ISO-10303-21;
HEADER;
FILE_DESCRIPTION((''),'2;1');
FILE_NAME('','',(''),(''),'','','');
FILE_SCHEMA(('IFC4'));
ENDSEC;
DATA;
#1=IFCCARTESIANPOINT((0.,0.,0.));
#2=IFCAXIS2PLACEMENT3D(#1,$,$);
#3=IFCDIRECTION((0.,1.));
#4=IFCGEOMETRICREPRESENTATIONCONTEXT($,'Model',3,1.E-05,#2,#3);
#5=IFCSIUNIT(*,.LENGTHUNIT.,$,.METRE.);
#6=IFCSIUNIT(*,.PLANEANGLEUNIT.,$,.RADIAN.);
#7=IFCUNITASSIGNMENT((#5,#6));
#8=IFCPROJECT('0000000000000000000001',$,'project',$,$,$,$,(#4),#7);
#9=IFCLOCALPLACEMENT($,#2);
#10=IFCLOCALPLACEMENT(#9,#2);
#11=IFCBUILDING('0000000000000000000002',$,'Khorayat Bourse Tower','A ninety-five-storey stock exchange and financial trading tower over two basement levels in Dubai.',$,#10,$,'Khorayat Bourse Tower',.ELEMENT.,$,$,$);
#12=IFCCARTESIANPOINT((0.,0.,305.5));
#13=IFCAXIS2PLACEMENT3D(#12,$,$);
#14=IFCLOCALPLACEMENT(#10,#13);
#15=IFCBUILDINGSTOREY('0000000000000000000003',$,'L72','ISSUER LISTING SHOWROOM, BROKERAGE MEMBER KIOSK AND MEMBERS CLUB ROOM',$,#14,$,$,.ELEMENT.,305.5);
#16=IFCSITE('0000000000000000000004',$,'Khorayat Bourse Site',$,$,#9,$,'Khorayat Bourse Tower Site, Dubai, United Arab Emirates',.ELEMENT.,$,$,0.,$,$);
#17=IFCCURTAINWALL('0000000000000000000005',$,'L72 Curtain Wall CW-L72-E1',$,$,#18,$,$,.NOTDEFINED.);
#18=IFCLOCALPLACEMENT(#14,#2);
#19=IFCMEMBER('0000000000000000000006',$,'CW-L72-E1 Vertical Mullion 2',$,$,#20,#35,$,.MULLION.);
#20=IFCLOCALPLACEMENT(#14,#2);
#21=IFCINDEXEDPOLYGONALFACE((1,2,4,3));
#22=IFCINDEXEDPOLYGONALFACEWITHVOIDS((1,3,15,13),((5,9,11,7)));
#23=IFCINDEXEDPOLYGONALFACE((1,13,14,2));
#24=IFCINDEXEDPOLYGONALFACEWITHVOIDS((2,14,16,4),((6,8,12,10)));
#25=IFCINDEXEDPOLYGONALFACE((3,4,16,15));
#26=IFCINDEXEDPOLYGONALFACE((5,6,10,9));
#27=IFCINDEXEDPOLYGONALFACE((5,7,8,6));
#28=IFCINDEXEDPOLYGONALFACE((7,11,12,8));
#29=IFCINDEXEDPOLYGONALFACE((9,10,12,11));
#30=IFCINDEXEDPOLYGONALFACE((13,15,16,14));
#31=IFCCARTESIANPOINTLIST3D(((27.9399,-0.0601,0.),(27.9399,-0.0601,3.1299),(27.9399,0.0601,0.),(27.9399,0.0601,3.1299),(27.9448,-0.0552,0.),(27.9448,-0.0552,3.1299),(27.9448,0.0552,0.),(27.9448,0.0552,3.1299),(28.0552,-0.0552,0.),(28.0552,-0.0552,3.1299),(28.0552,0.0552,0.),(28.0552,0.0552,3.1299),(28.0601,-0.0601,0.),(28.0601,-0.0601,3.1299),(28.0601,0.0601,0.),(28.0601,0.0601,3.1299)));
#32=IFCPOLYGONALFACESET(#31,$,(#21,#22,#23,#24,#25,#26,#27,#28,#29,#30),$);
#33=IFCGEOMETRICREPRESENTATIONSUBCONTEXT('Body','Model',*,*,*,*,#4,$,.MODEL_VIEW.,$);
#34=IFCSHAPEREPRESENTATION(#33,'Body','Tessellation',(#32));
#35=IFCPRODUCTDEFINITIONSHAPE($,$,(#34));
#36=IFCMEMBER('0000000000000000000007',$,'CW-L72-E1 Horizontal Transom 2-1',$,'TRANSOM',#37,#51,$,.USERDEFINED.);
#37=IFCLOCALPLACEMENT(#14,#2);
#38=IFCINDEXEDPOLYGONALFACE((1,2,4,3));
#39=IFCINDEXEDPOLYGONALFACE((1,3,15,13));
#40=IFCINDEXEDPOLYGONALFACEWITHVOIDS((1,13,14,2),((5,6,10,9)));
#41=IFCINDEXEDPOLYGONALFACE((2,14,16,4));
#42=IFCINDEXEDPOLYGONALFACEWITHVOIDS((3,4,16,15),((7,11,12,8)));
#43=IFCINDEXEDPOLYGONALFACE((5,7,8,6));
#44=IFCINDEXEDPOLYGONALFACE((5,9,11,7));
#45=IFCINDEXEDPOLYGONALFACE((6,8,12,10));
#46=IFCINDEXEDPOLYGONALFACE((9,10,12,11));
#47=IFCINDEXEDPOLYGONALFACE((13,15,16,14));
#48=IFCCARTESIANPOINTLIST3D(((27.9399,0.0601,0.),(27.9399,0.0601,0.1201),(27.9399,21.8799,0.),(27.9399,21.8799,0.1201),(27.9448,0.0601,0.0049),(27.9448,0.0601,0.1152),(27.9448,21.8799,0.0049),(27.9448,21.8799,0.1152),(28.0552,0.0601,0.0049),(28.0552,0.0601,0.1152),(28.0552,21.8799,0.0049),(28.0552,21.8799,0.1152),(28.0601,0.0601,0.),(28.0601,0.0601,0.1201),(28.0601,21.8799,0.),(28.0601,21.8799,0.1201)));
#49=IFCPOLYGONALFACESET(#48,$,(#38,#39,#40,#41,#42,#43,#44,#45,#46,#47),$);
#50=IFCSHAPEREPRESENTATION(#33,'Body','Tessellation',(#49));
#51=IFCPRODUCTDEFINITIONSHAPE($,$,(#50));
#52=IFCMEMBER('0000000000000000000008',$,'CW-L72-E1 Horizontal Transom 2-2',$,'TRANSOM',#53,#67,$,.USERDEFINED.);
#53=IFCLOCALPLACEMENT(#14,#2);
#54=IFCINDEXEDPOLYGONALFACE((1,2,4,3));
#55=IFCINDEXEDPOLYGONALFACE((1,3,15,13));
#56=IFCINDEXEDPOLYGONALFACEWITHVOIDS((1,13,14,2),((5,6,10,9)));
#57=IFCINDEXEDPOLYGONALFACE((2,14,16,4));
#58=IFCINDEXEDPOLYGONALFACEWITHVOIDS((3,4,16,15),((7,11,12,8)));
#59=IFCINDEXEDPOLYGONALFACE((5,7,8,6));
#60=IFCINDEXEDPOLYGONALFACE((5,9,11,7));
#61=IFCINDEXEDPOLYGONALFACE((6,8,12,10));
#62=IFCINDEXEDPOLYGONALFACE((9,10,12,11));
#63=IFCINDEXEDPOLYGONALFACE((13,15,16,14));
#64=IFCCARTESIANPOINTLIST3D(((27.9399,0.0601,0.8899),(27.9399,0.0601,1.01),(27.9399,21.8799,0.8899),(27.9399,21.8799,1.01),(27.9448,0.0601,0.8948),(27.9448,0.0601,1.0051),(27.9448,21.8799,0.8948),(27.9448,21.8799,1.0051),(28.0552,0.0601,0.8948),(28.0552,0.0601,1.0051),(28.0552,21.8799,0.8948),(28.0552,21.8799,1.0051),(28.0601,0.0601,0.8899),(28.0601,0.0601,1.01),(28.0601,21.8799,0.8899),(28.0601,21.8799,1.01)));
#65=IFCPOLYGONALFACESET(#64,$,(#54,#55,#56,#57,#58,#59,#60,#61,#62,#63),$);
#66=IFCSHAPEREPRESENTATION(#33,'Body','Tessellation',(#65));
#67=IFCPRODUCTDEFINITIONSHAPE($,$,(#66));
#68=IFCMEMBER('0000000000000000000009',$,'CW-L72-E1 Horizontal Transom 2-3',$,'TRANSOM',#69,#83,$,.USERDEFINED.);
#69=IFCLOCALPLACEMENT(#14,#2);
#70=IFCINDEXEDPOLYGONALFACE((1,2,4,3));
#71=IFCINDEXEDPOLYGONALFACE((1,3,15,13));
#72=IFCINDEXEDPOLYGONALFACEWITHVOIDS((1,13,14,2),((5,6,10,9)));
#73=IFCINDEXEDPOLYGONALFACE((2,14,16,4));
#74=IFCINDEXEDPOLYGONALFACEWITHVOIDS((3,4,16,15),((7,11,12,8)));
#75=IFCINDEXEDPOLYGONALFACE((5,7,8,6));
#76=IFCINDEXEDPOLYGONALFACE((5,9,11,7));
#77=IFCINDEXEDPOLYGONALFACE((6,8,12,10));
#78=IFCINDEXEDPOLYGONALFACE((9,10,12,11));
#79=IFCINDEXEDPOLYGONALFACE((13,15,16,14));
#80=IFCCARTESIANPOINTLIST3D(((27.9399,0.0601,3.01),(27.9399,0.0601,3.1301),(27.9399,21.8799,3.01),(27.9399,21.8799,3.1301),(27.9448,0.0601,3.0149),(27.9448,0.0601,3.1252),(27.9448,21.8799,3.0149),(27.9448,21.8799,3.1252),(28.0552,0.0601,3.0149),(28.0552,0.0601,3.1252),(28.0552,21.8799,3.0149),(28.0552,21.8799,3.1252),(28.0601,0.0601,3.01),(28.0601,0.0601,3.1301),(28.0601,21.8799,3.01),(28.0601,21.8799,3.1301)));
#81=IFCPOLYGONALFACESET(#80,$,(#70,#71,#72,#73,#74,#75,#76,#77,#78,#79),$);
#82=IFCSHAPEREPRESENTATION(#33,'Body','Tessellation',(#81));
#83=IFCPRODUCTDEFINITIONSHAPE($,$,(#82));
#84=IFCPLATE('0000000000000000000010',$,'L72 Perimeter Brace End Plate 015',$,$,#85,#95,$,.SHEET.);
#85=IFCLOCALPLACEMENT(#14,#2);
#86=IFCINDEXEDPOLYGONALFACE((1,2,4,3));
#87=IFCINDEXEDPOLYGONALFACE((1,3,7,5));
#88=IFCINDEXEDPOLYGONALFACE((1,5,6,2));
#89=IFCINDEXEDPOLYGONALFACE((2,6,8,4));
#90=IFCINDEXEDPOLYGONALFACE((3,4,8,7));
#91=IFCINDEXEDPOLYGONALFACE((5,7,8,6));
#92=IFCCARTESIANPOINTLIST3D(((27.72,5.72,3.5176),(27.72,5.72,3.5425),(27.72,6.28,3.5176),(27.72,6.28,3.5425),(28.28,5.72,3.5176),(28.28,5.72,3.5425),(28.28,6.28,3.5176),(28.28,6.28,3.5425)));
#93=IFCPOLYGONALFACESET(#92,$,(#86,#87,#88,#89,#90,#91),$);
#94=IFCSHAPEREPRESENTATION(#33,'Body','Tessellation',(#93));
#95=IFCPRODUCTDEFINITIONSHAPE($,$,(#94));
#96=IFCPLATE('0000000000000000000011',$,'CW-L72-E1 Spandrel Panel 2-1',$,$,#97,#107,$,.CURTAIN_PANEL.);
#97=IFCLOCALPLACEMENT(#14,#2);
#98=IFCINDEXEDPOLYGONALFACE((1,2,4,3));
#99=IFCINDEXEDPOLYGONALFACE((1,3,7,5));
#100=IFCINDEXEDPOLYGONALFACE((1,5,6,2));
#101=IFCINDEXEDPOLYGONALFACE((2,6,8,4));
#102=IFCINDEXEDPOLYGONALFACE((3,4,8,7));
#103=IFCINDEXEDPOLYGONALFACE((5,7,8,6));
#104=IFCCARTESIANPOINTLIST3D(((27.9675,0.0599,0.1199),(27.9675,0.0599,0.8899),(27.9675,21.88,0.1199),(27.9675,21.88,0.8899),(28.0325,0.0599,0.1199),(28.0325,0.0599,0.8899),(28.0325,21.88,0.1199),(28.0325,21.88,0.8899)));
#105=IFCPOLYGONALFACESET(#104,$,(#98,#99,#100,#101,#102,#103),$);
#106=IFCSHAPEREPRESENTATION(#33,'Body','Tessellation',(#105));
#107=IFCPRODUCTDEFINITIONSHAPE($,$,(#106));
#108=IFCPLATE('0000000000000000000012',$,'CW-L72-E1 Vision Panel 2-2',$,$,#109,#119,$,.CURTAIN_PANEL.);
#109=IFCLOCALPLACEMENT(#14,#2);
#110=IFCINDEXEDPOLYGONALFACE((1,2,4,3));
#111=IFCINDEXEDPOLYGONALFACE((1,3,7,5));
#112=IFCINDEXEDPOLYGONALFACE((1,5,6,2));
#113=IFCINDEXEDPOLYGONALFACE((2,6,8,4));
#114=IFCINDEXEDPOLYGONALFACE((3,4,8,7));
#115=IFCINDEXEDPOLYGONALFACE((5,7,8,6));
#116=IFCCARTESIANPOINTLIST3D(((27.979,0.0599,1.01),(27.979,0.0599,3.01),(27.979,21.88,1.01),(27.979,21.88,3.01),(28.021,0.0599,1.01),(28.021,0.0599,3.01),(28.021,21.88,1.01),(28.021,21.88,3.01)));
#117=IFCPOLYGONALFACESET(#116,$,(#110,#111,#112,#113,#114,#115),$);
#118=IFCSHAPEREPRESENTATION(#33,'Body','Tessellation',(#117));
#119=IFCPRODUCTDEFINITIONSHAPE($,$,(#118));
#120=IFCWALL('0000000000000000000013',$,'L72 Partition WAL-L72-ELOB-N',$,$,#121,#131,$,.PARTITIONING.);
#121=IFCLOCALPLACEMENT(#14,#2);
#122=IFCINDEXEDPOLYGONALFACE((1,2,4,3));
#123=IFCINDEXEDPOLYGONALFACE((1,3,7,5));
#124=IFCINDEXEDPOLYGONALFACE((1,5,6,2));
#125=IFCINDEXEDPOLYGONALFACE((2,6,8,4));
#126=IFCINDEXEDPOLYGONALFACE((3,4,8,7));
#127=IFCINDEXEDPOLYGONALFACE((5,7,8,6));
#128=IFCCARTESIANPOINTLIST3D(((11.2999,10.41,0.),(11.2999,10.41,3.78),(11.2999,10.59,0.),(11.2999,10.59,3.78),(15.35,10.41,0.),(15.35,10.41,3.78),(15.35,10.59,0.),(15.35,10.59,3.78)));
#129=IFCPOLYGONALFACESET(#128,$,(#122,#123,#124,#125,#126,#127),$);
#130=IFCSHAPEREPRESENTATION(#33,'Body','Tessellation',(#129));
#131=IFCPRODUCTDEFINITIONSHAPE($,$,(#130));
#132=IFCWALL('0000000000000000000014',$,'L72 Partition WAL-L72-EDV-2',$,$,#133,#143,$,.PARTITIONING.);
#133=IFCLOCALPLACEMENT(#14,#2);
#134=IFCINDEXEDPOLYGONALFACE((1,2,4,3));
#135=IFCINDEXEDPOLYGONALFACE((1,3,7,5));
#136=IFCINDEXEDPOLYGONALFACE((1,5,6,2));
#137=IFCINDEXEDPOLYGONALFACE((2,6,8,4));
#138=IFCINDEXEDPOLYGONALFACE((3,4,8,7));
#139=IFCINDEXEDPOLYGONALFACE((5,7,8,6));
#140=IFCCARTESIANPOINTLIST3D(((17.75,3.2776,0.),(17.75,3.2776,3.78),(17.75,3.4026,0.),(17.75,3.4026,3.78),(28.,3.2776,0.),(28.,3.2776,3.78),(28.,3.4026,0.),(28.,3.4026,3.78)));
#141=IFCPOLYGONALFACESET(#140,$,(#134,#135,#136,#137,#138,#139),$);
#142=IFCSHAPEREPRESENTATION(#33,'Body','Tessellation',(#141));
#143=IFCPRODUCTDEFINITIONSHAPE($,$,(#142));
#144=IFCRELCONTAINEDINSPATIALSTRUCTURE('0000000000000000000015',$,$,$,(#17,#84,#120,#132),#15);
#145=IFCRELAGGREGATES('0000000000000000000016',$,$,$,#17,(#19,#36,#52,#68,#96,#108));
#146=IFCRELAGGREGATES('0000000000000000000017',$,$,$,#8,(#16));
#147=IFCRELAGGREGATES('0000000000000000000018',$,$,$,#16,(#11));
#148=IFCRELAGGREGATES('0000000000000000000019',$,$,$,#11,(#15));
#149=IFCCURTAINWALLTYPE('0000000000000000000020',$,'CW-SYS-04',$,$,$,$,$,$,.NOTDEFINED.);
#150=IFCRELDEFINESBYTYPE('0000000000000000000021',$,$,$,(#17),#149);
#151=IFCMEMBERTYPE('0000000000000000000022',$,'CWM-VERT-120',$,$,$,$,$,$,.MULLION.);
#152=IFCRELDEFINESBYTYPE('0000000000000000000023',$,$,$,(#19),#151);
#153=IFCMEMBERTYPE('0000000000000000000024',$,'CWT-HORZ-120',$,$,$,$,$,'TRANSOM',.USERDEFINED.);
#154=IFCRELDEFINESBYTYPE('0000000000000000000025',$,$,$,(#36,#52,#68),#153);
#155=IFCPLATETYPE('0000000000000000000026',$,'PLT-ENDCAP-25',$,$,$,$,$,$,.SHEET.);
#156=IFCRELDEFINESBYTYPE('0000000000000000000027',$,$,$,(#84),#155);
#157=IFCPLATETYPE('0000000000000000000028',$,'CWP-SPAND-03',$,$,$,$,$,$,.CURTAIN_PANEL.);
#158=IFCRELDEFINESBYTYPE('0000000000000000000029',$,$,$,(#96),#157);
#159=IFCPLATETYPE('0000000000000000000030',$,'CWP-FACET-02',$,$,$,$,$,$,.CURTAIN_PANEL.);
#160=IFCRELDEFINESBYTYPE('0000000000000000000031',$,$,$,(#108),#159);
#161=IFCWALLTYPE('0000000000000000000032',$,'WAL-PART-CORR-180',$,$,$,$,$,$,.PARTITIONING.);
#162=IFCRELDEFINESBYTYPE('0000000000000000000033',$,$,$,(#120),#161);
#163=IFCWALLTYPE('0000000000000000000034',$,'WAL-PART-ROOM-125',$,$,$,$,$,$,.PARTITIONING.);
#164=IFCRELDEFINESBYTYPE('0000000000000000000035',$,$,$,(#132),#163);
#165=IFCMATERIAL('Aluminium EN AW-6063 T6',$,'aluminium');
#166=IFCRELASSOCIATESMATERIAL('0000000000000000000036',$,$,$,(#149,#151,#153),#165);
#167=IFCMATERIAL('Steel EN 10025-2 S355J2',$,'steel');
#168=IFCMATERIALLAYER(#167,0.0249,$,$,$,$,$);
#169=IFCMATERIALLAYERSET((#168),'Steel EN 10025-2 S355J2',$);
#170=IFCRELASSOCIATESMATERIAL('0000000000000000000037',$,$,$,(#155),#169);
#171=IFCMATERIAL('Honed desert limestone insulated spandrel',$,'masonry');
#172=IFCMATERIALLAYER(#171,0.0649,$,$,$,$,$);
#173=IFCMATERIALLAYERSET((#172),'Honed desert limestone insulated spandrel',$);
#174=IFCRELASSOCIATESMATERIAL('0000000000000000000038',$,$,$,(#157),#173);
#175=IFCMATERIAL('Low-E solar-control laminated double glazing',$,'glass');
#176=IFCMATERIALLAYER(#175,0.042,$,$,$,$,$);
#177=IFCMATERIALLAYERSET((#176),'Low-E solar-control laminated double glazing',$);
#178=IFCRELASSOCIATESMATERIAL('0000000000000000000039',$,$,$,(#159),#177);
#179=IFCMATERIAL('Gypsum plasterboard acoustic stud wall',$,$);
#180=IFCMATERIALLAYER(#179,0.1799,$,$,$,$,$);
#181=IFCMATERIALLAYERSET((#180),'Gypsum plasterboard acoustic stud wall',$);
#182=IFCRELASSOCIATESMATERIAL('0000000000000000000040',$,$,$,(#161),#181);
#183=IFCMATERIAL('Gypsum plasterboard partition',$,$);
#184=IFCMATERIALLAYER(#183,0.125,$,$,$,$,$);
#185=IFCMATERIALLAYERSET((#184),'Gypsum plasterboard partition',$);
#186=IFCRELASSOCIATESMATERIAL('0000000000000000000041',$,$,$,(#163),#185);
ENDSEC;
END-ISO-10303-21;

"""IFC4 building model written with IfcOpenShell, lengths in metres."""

from ifc_helpers import new_model, si_unit, direction, frame, frame_2d, origin, origin_2d, place, context, subcontext, project, spatial, rectangle, hollow_rectangle, extrude, source, transform, mapped, material, layer, layer_set, material_profile, profile_set, type_object, element, aggregate, save


model = new_model("IFC4")

# Units and contexts
model_context = context("Model", 3, precision=1e-05, world=origin(), true_north=direction((0.0, 1.0)))
body_context = subcontext(model_context, "Body", "Model", "MODEL_VIEW")
ifc_project = project(units=[si_unit("LENGTHUNIT", "METRE"), si_unit("PLANEANGLEUNIT", "RADIAN")], contexts=[model_context])

# Site, building, storey
site_placement = place(None, origin())
site = spatial("IfcSite", under=ifc_project, at=site_placement, Name="Khorayat Bourse Site", LongName="Khorayat Bourse Tower Site, Dubai, United Arab Emirates", CompositionType="ELEMENT", RefElevation=0.0)
building_placement = place(site_placement, origin())
building = spatial("IfcBuilding", under=site, at=building_placement, Name="Khorayat Bourse Tower", Description="A ninety-five-storey stock exchange and financial trading tower over two basement levels in Dubai.", LongName="Khorayat Bourse Tower", CompositionType="ELEMENT")
storey_placement = place(building_placement, frame((0.0, 0.0, 305.5)))
storey = spatial("IfcBuildingStorey", under=building, at=storey_placement, Name="L72", Description="ISSUER LISTING SHOWROOM, BROKERAGE MEMBER KIOSK AND MEMBERS CLUB ROOM", CompositionType="ELEMENT", Elevation=305.5)

# Curtain wall, members
ifc_material_1 = material(Name="Aluminium EN AW-6063 T6", Category="aluminium")
curtain_wall_type = type_object("IfcCurtainWallType", Name="CW-SYS-04", PredefinedType="NOTDEFINED", material=ifc_material_1)
curtain_wall_placement = place(storey_placement, origin())
curtain_wall = element("IfcCurtainWall", 1, at=curtain_wall_placement, inside=storey, type_object=curtain_wall_type, Name="L72 Curtain Wall CW-L72-E1", PredefinedType="NOTDEFINED")
ifc_material_profile_1 = material_profile(ifc_material_1, hollow_rectangle(XDim=0.1201, YDim=0.1201, WallThickness=0.0049, at=origin_2d()), Name="ALU 120x120x5")
ifc_profile_set_1 = profile_set([ifc_material_profile_1], Name="Aluminium EN AW-6063 T6")
member_type_1 = type_object("IfcMemberType", Name="CWM-VERT-120", PredefinedType="MULLION", material=ifc_profile_set_1)
shared_shape_1 = source(origin(), body_context, "Body", "SweptSolid", [
    extrude(hollow_rectangle(XDim=0.1201, YDim=0.1201, WallThickness=0.0049, at=origin_2d()), origin(), (0.0, 0.0, 1.0), 3.1299),
])
member_1_placement = place(storey_placement, frame((28.0, 0.0, 0.0), z_axis=(0.0, 0.0, 1.0), x_axis=(-1.0, 0.0, 0.0)))
member_1 = element("IfcMember", 2, at=member_1_placement, type_object=member_type_1, Name="CW-L72-E1 Vertical Mullion 2", PredefinedType="MULLION", context=body_context, shape_type="MappedRepresentation", body=[
    mapped(shared_shape_1, transform((0.0, 0.0, 0.0), scale=1.0)),
])
ifc_material_profile_2 = material_profile(ifc_material_1, hollow_rectangle(XDim=0.1201, YDim=0.1201, WallThickness=0.0049, at=origin_2d()), Name="ALU 120x120x5")
ifc_profile_set_2 = profile_set([ifc_material_profile_2], Name="Aluminium EN AW-6063 T6")
member_type_2 = type_object("IfcMemberType", Name="CWT-HORZ-120", ElementType="TRANSOM", PredefinedType="USERDEFINED", material=ifc_profile_set_2)
shared_shape_2 = source(origin(), body_context, "Body", "SweptSolid", [
    extrude(hollow_rectangle(XDim=0.1201, YDim=0.1201, WallThickness=0.0049, at=origin_2d()), origin(), (0.0, 0.0, 1.0), 21.8198),
])
member_2_placement = place(storey_placement, frame((28.0, 0.0601, 0.0601), z_axis=(0.0, 1.0, 0.0), x_axis=(-1.0, 0.0, 0.0)))
member_2 = element("IfcMember", 3, at=member_2_placement, type_object=member_type_2, Name="CW-L72-E1 Horizontal Transom 2-1", ObjectType="TRANSOM", PredefinedType="USERDEFINED", context=body_context, shape_type="MappedRepresentation", body=[
    mapped(shared_shape_2, transform((0.0, 0.0, 0.0), scale=1.0)),
])
member_3_placement = place(storey_placement, frame((28.0, 0.0601, 0.95), z_axis=(0.0, 1.0, 0.0), x_axis=(-1.0, 0.0, 0.0)))
member_3 = element("IfcMember", 4, at=member_3_placement, type_object=member_type_2, Name="CW-L72-E1 Horizontal Transom 2-2", ObjectType="TRANSOM", PredefinedType="USERDEFINED", context=body_context, shape_type="MappedRepresentation", body=[
    mapped(shared_shape_2, transform((0.0, 0.0, 0.0), scale=1.0)),
])
member_4_placement = place(storey_placement, frame((28.0, 0.0601, 3.0701), z_axis=(0.0, 1.0, 0.0), x_axis=(-1.0, 0.0, 0.0)))
member_4 = element("IfcMember", 5, at=member_4_placement, type_object=member_type_2, Name="CW-L72-E1 Horizontal Transom 2-3", ObjectType="TRANSOM", PredefinedType="USERDEFINED", context=body_context, shape_type="MappedRepresentation", body=[
    mapped(shared_shape_2, transform((0.0, 0.0, 0.0), scale=1.0)),
])

# Plates
ifc_material_2 = material(Name="Steel EN 10025-2 S355J2", Category="steel")
ifc_layer_1 = layer(ifc_material_2, 0.0249)
ifc_layer_set_1 = layer_set([ifc_layer_1], Name="Steel EN 10025-2 S355J2")
plate_type_1 = type_object("IfcPlateType", Name="PLT-ENDCAP-25", PredefinedType="SHEET", material=ifc_layer_set_1)
shared_shape_3 = source(origin(), body_context, "Body", "SweptSolid", [
    extrude(rectangle(XDim=0.5601, YDim=0.5601, at=origin_2d()), origin(), (0.0, 0.0, 1.0), 0.0249),
])
plate_1_placement = place(storey_placement, frame((28.0, 6.0, 3.5176), z_axis=(0.0, 0.0, 1.0), x_axis=(1.0, 0.0, 0.0)))
element("IfcPlate", 6, at=plate_1_placement, inside=storey, type_object=plate_type_1, Name="L72 Perimeter Brace End Plate 015", PredefinedType="SHEET", context=body_context, shape_type="MappedRepresentation", body=[
    mapped(shared_shape_3, transform((0.0, 0.0, 0.0), scale=1.0)),
])
ifc_material_3 = material(Name="Honed desert limestone insulated spandrel", Category="masonry")
ifc_layer_2 = layer(ifc_material_3, 0.0649)
ifc_layer_set_2 = layer_set([ifc_layer_2], Name="Honed desert limestone insulated spandrel")
plate_type_2 = type_object("IfcPlateType", Name="CWP-SPAND-03", PredefinedType="CURTAIN_PANEL", material=ifc_layer_set_2)
shared_shape_4 = source(origin(), body_context, "Body", "SweptSolid", [
    extrude(rectangle(XDim=21.8201, YDim=0.0649, at=origin_2d()), origin(), (0.0, 0.0, 1.0), 0.77),
])
plate_2_placement = place(storey_placement, frame((28.0, 10.97, 0.1199), z_axis=(0.0, 0.0, 1.0), x_axis=(0.0, 1.0, 0.0)))
plate_2 = element("IfcPlate", 7, at=plate_2_placement, type_object=plate_type_2, Name="CW-L72-E1 Spandrel Panel 2-1", PredefinedType="CURTAIN_PANEL", context=body_context, shape_type="MappedRepresentation", body=[
    mapped(shared_shape_4, transform((0.0, 0.0, 0.0), scale=1.0)),
])
ifc_material_4 = material(Name="Low-E solar-control laminated double glazing", Category="glass")
ifc_layer_3 = layer(ifc_material_4, 0.042)
ifc_layer_set_3 = layer_set([ifc_layer_3], Name="Low-E solar-control laminated double glazing")
plate_type_3 = type_object("IfcPlateType", Name="CWP-FACET-02", PredefinedType="CURTAIN_PANEL", material=ifc_layer_set_3)
shared_shape_5 = source(origin(), body_context, "Body", "SweptSolid", [
    extrude(rectangle(XDim=21.8201, YDim=0.042, at=origin_2d()), origin(), (0.0, 0.0, 1.0), 2.0),
])
plate_3_placement = place(storey_placement, frame((28.0, 10.97, 1.01), z_axis=(0.0, 0.0, 1.0), x_axis=(0.0, 1.0, 0.0)))
plate_3 = element("IfcPlate", 8, at=plate_3_placement, type_object=plate_type_3, Name="CW-L72-E1 Vision Panel 2-2", PredefinedType="CURTAIN_PANEL", context=body_context, shape_type="MappedRepresentation", body=[
    mapped(shared_shape_5, transform((0.0, 0.0, 0.0), scale=1.0)),
])
aggregate(curtain_wall, [member_1, member_2, member_3, member_4, plate_2, plate_3])

# Walls
ifc_material_5 = material(Name="Gypsum plasterboard acoustic stud wall")
ifc_layer_4 = layer(ifc_material_5, 0.1799)
ifc_layer_set_4 = layer_set([ifc_layer_4], Name="Gypsum plasterboard acoustic stud wall")
wall_type_1 = type_object("IfcWallType", Name="WAL-PART-CORR-180", PredefinedType="PARTITIONING", material=ifc_layer_set_4)
shared_shape_6 = source(origin(), body_context, "Body", "SweptSolid", [
    extrude(rectangle(XDim=4.05, YDim=0.1799, at=frame_2d((2.0249, 0.0))), origin(), (0.0, 0.0, 1.0), 3.78),
])
wall_1_placement = place(storey_placement, frame((11.3, 10.5, 0.0), z_axis=(0.0, 0.0, 1.0), x_axis=(1.0, 0.0, 0.0)))
element("IfcWall", 9, at=wall_1_placement, inside=storey, type_object=wall_type_1, Name="L72 Partition WAL-L72-ELOB-N", PredefinedType="PARTITIONING", context=body_context, shape_type="MappedRepresentation", body=[
    mapped(shared_shape_6, transform((0.0, 0.0, 0.0), scale=1.0)),
])
ifc_material_6 = material(Name="Gypsum plasterboard partition")
ifc_layer_5 = layer(ifc_material_6, 0.125)
ifc_layer_set_5 = layer_set([ifc_layer_5], Name="Gypsum plasterboard partition")
wall_type_2 = type_object("IfcWallType", Name="WAL-PART-ROOM-125", PredefinedType="PARTITIONING", material=ifc_layer_set_5)
shared_shape_7 = source(origin(), body_context, "Body", "SweptSolid", [
    extrude(rectangle(XDim=10.25, YDim=0.125, at=frame_2d((5.125, 0.0))), origin(), (0.0, 0.0, 1.0), 3.78),
])
wall_2_placement = place(storey_placement, frame((17.75, 3.3401, 0.0), z_axis=(0.0, 0.0, 1.0), x_axis=(1.0, 0.0, 0.0)))
element("IfcWall", 10, at=wall_2_placement, inside=storey, type_object=wall_type_2, Name="L72 Partition WAL-L72-EDV-2", PredefinedType="PARTITIONING", context=body_context, shape_type="MappedRepresentation", body=[
    mapped(shared_shape_7, transform((0.0, 0.0, 0.0), scale=1.0)),
])

save(model, "model.ifc")
